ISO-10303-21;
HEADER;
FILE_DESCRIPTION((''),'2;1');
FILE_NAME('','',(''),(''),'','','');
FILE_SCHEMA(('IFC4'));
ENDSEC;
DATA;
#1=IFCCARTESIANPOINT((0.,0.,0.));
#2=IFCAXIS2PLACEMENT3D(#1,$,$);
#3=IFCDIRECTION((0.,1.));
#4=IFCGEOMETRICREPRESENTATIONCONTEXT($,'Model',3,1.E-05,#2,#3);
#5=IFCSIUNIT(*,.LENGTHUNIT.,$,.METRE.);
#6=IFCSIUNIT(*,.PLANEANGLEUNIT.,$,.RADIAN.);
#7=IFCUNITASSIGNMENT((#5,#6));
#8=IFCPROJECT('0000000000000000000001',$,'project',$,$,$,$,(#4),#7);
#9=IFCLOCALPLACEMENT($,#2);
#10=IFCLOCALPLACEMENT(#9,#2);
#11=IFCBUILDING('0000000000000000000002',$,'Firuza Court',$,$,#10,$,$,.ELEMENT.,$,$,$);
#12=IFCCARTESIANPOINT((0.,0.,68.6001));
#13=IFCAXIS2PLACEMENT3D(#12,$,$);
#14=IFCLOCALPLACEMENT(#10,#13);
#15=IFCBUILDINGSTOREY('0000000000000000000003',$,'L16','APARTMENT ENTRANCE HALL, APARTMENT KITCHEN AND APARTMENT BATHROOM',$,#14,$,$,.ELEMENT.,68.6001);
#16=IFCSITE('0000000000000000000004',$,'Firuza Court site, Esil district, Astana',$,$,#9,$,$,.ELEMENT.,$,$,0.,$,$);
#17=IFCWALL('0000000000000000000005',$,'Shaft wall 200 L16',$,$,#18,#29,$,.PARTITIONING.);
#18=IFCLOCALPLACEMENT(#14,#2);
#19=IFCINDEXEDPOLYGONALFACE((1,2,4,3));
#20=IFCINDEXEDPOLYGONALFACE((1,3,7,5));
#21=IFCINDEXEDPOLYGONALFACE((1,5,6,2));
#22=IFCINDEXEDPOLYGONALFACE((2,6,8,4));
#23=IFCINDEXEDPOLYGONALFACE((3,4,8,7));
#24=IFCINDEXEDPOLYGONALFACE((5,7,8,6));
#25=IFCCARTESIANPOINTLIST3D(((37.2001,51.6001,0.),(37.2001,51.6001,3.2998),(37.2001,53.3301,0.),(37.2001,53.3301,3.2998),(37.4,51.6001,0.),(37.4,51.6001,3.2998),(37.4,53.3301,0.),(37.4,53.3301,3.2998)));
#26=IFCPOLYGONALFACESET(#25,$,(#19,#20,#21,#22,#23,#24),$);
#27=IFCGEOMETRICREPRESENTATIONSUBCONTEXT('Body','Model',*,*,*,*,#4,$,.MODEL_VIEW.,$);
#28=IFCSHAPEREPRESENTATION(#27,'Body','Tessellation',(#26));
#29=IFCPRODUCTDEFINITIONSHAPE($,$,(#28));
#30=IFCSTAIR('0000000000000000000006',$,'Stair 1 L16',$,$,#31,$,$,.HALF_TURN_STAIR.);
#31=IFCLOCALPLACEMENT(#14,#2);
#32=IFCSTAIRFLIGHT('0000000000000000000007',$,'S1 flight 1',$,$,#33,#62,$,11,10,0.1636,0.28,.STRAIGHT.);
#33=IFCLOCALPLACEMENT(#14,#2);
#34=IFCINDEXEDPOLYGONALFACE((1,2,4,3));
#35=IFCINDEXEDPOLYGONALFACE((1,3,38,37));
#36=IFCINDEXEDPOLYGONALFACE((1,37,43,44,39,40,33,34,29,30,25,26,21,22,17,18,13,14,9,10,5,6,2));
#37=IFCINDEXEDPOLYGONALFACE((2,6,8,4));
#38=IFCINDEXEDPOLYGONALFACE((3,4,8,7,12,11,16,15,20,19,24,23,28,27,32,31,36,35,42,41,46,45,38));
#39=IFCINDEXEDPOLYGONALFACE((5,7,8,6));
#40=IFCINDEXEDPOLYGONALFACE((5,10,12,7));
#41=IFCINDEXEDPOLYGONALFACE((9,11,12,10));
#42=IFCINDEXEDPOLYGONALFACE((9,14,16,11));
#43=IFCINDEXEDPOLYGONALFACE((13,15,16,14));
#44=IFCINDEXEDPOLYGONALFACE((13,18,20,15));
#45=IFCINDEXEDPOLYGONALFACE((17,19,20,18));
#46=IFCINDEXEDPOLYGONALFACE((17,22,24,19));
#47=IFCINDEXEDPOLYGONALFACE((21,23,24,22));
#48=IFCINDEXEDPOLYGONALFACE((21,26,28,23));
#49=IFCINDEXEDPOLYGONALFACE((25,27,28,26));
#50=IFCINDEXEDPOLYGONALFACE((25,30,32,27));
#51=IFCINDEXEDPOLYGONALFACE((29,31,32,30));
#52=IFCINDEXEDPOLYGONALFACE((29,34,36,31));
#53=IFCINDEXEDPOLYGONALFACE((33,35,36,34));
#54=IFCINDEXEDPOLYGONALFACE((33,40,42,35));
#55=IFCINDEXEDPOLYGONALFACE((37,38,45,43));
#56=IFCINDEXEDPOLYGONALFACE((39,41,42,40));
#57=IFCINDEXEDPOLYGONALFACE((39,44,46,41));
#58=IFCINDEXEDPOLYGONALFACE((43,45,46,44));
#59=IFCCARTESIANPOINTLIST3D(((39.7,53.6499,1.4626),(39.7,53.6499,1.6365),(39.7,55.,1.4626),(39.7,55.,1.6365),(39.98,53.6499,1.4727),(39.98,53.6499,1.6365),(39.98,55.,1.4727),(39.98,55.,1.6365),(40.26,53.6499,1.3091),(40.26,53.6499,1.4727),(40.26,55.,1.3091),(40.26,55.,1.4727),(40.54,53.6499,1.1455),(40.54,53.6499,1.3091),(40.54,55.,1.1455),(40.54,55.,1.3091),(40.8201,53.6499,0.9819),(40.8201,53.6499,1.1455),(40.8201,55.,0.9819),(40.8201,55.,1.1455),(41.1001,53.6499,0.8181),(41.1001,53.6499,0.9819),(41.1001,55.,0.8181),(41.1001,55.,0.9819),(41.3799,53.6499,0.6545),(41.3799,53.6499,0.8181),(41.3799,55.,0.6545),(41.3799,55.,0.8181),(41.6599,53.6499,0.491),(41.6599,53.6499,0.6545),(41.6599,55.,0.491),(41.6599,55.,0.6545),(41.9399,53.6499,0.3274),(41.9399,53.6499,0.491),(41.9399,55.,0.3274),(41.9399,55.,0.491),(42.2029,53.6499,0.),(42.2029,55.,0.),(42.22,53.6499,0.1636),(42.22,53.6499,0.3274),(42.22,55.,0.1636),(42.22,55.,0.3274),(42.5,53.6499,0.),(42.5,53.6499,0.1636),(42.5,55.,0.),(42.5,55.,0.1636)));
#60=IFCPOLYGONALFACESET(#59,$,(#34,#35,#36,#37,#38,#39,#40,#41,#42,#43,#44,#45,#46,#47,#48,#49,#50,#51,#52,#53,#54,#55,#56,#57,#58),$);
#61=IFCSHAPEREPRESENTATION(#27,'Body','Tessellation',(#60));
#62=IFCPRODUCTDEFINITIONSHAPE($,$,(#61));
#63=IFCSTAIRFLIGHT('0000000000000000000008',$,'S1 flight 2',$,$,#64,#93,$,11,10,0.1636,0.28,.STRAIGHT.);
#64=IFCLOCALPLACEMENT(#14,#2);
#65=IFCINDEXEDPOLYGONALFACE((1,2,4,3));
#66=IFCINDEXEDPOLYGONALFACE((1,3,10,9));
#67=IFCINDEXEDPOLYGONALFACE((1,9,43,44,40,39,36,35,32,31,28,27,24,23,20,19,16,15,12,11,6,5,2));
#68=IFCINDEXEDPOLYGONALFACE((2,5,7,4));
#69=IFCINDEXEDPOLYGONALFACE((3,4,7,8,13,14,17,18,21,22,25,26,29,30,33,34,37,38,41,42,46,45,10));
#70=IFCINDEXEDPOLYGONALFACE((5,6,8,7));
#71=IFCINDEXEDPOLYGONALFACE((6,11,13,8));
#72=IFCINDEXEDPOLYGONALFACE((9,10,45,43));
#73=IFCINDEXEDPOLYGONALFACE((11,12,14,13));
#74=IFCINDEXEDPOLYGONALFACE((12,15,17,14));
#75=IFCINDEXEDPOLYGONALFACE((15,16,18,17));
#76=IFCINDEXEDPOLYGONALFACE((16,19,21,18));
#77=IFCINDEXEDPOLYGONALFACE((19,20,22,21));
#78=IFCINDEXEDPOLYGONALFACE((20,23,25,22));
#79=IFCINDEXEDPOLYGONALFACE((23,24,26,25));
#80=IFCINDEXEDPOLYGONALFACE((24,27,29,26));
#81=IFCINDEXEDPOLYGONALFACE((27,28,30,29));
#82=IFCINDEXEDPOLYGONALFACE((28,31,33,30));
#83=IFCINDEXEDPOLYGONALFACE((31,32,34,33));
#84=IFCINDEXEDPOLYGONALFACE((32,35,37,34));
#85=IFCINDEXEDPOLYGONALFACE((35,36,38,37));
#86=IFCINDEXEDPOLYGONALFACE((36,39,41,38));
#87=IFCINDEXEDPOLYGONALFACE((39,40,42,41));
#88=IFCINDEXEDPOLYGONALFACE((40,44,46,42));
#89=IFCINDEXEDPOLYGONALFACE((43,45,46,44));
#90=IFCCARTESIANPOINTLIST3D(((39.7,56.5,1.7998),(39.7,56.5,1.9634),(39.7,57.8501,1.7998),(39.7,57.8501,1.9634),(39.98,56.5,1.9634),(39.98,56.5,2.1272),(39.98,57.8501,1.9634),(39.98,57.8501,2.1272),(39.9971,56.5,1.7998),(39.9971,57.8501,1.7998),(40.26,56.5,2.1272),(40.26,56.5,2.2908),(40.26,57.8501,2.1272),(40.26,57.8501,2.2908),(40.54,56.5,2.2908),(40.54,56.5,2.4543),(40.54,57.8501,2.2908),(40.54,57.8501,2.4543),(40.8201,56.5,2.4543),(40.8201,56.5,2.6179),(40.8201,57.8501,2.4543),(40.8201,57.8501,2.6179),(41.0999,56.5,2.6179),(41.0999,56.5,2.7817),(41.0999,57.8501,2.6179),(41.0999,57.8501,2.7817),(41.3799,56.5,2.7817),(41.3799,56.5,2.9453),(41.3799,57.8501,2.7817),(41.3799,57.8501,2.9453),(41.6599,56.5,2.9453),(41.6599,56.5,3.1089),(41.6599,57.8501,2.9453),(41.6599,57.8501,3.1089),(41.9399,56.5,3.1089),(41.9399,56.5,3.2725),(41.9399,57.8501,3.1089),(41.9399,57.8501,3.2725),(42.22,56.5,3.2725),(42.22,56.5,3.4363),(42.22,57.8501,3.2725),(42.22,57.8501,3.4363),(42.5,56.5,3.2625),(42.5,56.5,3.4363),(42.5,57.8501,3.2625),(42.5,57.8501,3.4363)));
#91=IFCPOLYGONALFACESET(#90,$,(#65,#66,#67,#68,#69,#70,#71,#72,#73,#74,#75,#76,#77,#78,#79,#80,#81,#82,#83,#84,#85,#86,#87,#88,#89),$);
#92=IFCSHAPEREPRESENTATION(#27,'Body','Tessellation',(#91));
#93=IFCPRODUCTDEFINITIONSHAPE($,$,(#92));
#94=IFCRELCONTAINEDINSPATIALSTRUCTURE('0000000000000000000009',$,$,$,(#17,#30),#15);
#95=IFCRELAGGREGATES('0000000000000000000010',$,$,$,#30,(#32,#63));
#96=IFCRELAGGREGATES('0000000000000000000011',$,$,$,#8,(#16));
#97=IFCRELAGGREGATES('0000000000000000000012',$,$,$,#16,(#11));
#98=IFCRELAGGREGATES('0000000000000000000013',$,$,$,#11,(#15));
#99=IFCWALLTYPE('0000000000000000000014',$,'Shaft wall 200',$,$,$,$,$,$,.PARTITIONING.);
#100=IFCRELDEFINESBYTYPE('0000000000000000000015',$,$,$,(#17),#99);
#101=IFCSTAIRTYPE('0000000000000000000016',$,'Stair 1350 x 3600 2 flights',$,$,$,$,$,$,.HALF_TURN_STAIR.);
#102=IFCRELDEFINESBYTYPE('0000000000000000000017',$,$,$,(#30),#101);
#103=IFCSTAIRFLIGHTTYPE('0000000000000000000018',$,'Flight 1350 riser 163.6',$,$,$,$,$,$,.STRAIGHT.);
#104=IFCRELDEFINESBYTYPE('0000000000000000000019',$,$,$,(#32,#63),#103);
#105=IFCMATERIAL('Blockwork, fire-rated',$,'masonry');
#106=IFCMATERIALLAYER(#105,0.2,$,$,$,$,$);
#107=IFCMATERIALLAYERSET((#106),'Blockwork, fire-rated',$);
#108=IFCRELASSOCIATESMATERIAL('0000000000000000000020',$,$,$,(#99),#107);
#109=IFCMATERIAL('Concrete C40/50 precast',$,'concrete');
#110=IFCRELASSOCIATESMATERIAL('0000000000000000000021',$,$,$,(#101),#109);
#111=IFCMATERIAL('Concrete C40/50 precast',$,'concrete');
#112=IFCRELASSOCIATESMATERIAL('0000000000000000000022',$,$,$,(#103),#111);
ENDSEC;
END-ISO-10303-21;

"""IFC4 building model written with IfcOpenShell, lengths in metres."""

from ifc_helpers import new_model, si_unit, direction, frame, frame_2d, origin, place, context, subcontext, project, spatial, polyline, rectangle, outline, extrude, material, layer, layer_set, type_object, element, aggregate, save


model = new_model("IFC4")

# Units and contexts
model_context = context("Model", 3, precision=1e-05, world=origin(), true_north=direction((0.0, 1.0)))
body_context = subcontext(model_context, "Body", "Model", "MODEL_VIEW")
ifc_project = project(units=[si_unit("LENGTHUNIT", "METRE"), si_unit("PLANEANGLEUNIT", "RADIAN")], contexts=[model_context])

# Site, building, storey
site_placement = place(None, origin())
site = spatial("IfcSite", under=ifc_project, at=site_placement, Name="Firuza Court site, Esil district, Astana", CompositionType="ELEMENT", RefElevation=0.0)
building_placement = place(site_placement, origin())
building = spatial("IfcBuilding", under=site, at=building_placement, Name="Firuza Court", CompositionType="ELEMENT")
storey_placement = place(building_placement, frame((0.0, 0.0, 68.6001)))
storey = spatial("IfcBuildingStorey", under=building, at=storey_placement, Name="L16", Description="APARTMENT ENTRANCE HALL, APARTMENT KITCHEN AND APARTMENT BATHROOM", CompositionType="ELEMENT", Elevation=68.6001)

# Shared definitions
ifc_material_1 = material(Name="Blockwork, fire-rated", Category="masonry")

# Shared definitions
ifc_layer_1 = layer(ifc_material_1, 0.2)
ifc_layer_set_1 = layer_set([ifc_layer_1], Name="Blockwork, fire-rated")
wall_type_1 = type_object("IfcWallType", Name="Shaft wall 200", PredefinedType="PARTITIONING", material=ifc_layer_set_1)

# Wall
for number, where, z_axis, x_axis, name in (
    (1, (37.3, 51.6001, 0.0), (0.0, 0.0, 1.0), (0.0, 1.0, 0.0), "Shaft wall 200 L16"),
):
    element("IfcWall", number, at=place(storey_placement, frame(where, z_axis=z_axis, x_axis=x_axis)), inside=storey, type_object=wall_type_1, Name=name, PredefinedType="PARTITIONING", context=body_context, shape_type="SweptSolid", body=[
        extrude(rectangle(XDim=1.73, YDim=0.2, at=frame_2d((0.865, 0.0))), origin(), (0.0, 0.0, 1.0), 3.2998),
    ])

# Stair, stair flights
ifc_material_2 = material(Name="Concrete C40/50 precast", Category="concrete")
stair_type = type_object("IfcStairType", Name="Stair 1350 x 3600 2 flights", PredefinedType="HALF_TURN_STAIR", material=ifc_material_2)
stair_placement = place(storey_placement, origin())
stair = element("IfcStair", 2, at=stair_placement, inside=storey, type_object=stair_type, Name="Stair 1 L16", PredefinedType="HALF_TURN_STAIR")
ifc_material_3 = material(Name="Concrete C40/50 precast", Category="concrete")
stair_flight_type = type_object("IfcStairFlightType", Name="Flight 1350 riser 163.6", PredefinedType="STRAIGHT", material=ifc_material_3)
stair_flight_1_placement = place(storey_placement, frame((42.5, 54.325, 0.0), z_axis=(0.0, 0.0, 1.0), x_axis=(-1.0, 0.0, 0.0)))
stair_flight_1 = element("IfcStairFlight", 3, at=stair_flight_1_placement, type_object=stair_flight_type, Name="S1 flight 1", NumberOfRisers=11, NumberOfTreads=10, PredefinedType="STRAIGHT", RiserHeight=0.1636, TreadLength=0.28, context=body_context, shape_type="SweptSolid", body=[
    extrude(outline(polyline([(0.0, 0.0), (0.0, 0.1636), (0.28, 0.1636), (0.28, 0.3274), (0.5601, 0.3274), (0.5601, 0.491), (0.8401, 0.491), (0.8401, 0.6545), (1.1201, 0.6545), (1.1201, 0.8181), (1.3999, 0.8181), (1.3999, 0.9819), (1.6799, 0.9819), (1.6799, 1.1455), (1.96, 1.1455), (1.96, 1.3091), (2.24, 1.3091), (2.24, 1.4727), (2.52, 1.4727), (2.52, 1.6365), (2.8, 1.6365), (2.8, 1.8), (2.8, 1.4626), (0.2971, 0.0), (0.0, 0.0)])), frame((0.0, 0.675, 0.0), z_axis=(0.0, -1.0, 0.0), x_axis=(1.0, 0.0, 0.0)), (0.0, 0.0, 1.0), 1.3501),
])
stair_flight_2_placement = place(storey_placement, frame((39.7, 57.175, 1.7998), z_axis=(0.0, 0.0, 1.0), x_axis=(1.0, 0.0, 0.0)))
stair_flight_2 = element("IfcStairFlight", 4, at=stair_flight_2_placement, type_object=stair_flight_type, Name="S1 flight 2", NumberOfRisers=11, NumberOfTreads=10, PredefinedType="STRAIGHT", RiserHeight=0.1636, TreadLength=0.28, context=body_context, shape_type="SweptSolid", body=[
    extrude(outline(polyline([(0.0, 0.0), (0.0, 0.1636), (0.28, 0.1636), (0.28, 0.3274), (0.5601, 0.3274), (0.5601, 0.491), (0.8401, 0.491), (0.8401, 0.6545), (1.1201, 0.6545), (1.1201, 0.8181), (1.3999, 0.8181), (1.3999, 0.9819), (1.6799, 0.9819), (1.6799, 1.1455), (1.96, 1.1455), (1.96, 1.3091), (2.24, 1.3091), (2.24, 1.4727), (2.52, 1.4727), (2.52, 1.6365), (2.8, 1.6365), (2.8, 1.8), (2.8, 1.4626), (0.2971, 0.0), (0.0, 0.0)])), frame((0.0, 0.675, 0.0), z_axis=(0.0, -1.0, 0.0), x_axis=(1.0, 0.0, 0.0)), (0.0, 0.0, 1.0), 1.3501),
])
aggregate(stair, [stair_flight_1, stair_flight_2])

save(model, "model.ifc")
